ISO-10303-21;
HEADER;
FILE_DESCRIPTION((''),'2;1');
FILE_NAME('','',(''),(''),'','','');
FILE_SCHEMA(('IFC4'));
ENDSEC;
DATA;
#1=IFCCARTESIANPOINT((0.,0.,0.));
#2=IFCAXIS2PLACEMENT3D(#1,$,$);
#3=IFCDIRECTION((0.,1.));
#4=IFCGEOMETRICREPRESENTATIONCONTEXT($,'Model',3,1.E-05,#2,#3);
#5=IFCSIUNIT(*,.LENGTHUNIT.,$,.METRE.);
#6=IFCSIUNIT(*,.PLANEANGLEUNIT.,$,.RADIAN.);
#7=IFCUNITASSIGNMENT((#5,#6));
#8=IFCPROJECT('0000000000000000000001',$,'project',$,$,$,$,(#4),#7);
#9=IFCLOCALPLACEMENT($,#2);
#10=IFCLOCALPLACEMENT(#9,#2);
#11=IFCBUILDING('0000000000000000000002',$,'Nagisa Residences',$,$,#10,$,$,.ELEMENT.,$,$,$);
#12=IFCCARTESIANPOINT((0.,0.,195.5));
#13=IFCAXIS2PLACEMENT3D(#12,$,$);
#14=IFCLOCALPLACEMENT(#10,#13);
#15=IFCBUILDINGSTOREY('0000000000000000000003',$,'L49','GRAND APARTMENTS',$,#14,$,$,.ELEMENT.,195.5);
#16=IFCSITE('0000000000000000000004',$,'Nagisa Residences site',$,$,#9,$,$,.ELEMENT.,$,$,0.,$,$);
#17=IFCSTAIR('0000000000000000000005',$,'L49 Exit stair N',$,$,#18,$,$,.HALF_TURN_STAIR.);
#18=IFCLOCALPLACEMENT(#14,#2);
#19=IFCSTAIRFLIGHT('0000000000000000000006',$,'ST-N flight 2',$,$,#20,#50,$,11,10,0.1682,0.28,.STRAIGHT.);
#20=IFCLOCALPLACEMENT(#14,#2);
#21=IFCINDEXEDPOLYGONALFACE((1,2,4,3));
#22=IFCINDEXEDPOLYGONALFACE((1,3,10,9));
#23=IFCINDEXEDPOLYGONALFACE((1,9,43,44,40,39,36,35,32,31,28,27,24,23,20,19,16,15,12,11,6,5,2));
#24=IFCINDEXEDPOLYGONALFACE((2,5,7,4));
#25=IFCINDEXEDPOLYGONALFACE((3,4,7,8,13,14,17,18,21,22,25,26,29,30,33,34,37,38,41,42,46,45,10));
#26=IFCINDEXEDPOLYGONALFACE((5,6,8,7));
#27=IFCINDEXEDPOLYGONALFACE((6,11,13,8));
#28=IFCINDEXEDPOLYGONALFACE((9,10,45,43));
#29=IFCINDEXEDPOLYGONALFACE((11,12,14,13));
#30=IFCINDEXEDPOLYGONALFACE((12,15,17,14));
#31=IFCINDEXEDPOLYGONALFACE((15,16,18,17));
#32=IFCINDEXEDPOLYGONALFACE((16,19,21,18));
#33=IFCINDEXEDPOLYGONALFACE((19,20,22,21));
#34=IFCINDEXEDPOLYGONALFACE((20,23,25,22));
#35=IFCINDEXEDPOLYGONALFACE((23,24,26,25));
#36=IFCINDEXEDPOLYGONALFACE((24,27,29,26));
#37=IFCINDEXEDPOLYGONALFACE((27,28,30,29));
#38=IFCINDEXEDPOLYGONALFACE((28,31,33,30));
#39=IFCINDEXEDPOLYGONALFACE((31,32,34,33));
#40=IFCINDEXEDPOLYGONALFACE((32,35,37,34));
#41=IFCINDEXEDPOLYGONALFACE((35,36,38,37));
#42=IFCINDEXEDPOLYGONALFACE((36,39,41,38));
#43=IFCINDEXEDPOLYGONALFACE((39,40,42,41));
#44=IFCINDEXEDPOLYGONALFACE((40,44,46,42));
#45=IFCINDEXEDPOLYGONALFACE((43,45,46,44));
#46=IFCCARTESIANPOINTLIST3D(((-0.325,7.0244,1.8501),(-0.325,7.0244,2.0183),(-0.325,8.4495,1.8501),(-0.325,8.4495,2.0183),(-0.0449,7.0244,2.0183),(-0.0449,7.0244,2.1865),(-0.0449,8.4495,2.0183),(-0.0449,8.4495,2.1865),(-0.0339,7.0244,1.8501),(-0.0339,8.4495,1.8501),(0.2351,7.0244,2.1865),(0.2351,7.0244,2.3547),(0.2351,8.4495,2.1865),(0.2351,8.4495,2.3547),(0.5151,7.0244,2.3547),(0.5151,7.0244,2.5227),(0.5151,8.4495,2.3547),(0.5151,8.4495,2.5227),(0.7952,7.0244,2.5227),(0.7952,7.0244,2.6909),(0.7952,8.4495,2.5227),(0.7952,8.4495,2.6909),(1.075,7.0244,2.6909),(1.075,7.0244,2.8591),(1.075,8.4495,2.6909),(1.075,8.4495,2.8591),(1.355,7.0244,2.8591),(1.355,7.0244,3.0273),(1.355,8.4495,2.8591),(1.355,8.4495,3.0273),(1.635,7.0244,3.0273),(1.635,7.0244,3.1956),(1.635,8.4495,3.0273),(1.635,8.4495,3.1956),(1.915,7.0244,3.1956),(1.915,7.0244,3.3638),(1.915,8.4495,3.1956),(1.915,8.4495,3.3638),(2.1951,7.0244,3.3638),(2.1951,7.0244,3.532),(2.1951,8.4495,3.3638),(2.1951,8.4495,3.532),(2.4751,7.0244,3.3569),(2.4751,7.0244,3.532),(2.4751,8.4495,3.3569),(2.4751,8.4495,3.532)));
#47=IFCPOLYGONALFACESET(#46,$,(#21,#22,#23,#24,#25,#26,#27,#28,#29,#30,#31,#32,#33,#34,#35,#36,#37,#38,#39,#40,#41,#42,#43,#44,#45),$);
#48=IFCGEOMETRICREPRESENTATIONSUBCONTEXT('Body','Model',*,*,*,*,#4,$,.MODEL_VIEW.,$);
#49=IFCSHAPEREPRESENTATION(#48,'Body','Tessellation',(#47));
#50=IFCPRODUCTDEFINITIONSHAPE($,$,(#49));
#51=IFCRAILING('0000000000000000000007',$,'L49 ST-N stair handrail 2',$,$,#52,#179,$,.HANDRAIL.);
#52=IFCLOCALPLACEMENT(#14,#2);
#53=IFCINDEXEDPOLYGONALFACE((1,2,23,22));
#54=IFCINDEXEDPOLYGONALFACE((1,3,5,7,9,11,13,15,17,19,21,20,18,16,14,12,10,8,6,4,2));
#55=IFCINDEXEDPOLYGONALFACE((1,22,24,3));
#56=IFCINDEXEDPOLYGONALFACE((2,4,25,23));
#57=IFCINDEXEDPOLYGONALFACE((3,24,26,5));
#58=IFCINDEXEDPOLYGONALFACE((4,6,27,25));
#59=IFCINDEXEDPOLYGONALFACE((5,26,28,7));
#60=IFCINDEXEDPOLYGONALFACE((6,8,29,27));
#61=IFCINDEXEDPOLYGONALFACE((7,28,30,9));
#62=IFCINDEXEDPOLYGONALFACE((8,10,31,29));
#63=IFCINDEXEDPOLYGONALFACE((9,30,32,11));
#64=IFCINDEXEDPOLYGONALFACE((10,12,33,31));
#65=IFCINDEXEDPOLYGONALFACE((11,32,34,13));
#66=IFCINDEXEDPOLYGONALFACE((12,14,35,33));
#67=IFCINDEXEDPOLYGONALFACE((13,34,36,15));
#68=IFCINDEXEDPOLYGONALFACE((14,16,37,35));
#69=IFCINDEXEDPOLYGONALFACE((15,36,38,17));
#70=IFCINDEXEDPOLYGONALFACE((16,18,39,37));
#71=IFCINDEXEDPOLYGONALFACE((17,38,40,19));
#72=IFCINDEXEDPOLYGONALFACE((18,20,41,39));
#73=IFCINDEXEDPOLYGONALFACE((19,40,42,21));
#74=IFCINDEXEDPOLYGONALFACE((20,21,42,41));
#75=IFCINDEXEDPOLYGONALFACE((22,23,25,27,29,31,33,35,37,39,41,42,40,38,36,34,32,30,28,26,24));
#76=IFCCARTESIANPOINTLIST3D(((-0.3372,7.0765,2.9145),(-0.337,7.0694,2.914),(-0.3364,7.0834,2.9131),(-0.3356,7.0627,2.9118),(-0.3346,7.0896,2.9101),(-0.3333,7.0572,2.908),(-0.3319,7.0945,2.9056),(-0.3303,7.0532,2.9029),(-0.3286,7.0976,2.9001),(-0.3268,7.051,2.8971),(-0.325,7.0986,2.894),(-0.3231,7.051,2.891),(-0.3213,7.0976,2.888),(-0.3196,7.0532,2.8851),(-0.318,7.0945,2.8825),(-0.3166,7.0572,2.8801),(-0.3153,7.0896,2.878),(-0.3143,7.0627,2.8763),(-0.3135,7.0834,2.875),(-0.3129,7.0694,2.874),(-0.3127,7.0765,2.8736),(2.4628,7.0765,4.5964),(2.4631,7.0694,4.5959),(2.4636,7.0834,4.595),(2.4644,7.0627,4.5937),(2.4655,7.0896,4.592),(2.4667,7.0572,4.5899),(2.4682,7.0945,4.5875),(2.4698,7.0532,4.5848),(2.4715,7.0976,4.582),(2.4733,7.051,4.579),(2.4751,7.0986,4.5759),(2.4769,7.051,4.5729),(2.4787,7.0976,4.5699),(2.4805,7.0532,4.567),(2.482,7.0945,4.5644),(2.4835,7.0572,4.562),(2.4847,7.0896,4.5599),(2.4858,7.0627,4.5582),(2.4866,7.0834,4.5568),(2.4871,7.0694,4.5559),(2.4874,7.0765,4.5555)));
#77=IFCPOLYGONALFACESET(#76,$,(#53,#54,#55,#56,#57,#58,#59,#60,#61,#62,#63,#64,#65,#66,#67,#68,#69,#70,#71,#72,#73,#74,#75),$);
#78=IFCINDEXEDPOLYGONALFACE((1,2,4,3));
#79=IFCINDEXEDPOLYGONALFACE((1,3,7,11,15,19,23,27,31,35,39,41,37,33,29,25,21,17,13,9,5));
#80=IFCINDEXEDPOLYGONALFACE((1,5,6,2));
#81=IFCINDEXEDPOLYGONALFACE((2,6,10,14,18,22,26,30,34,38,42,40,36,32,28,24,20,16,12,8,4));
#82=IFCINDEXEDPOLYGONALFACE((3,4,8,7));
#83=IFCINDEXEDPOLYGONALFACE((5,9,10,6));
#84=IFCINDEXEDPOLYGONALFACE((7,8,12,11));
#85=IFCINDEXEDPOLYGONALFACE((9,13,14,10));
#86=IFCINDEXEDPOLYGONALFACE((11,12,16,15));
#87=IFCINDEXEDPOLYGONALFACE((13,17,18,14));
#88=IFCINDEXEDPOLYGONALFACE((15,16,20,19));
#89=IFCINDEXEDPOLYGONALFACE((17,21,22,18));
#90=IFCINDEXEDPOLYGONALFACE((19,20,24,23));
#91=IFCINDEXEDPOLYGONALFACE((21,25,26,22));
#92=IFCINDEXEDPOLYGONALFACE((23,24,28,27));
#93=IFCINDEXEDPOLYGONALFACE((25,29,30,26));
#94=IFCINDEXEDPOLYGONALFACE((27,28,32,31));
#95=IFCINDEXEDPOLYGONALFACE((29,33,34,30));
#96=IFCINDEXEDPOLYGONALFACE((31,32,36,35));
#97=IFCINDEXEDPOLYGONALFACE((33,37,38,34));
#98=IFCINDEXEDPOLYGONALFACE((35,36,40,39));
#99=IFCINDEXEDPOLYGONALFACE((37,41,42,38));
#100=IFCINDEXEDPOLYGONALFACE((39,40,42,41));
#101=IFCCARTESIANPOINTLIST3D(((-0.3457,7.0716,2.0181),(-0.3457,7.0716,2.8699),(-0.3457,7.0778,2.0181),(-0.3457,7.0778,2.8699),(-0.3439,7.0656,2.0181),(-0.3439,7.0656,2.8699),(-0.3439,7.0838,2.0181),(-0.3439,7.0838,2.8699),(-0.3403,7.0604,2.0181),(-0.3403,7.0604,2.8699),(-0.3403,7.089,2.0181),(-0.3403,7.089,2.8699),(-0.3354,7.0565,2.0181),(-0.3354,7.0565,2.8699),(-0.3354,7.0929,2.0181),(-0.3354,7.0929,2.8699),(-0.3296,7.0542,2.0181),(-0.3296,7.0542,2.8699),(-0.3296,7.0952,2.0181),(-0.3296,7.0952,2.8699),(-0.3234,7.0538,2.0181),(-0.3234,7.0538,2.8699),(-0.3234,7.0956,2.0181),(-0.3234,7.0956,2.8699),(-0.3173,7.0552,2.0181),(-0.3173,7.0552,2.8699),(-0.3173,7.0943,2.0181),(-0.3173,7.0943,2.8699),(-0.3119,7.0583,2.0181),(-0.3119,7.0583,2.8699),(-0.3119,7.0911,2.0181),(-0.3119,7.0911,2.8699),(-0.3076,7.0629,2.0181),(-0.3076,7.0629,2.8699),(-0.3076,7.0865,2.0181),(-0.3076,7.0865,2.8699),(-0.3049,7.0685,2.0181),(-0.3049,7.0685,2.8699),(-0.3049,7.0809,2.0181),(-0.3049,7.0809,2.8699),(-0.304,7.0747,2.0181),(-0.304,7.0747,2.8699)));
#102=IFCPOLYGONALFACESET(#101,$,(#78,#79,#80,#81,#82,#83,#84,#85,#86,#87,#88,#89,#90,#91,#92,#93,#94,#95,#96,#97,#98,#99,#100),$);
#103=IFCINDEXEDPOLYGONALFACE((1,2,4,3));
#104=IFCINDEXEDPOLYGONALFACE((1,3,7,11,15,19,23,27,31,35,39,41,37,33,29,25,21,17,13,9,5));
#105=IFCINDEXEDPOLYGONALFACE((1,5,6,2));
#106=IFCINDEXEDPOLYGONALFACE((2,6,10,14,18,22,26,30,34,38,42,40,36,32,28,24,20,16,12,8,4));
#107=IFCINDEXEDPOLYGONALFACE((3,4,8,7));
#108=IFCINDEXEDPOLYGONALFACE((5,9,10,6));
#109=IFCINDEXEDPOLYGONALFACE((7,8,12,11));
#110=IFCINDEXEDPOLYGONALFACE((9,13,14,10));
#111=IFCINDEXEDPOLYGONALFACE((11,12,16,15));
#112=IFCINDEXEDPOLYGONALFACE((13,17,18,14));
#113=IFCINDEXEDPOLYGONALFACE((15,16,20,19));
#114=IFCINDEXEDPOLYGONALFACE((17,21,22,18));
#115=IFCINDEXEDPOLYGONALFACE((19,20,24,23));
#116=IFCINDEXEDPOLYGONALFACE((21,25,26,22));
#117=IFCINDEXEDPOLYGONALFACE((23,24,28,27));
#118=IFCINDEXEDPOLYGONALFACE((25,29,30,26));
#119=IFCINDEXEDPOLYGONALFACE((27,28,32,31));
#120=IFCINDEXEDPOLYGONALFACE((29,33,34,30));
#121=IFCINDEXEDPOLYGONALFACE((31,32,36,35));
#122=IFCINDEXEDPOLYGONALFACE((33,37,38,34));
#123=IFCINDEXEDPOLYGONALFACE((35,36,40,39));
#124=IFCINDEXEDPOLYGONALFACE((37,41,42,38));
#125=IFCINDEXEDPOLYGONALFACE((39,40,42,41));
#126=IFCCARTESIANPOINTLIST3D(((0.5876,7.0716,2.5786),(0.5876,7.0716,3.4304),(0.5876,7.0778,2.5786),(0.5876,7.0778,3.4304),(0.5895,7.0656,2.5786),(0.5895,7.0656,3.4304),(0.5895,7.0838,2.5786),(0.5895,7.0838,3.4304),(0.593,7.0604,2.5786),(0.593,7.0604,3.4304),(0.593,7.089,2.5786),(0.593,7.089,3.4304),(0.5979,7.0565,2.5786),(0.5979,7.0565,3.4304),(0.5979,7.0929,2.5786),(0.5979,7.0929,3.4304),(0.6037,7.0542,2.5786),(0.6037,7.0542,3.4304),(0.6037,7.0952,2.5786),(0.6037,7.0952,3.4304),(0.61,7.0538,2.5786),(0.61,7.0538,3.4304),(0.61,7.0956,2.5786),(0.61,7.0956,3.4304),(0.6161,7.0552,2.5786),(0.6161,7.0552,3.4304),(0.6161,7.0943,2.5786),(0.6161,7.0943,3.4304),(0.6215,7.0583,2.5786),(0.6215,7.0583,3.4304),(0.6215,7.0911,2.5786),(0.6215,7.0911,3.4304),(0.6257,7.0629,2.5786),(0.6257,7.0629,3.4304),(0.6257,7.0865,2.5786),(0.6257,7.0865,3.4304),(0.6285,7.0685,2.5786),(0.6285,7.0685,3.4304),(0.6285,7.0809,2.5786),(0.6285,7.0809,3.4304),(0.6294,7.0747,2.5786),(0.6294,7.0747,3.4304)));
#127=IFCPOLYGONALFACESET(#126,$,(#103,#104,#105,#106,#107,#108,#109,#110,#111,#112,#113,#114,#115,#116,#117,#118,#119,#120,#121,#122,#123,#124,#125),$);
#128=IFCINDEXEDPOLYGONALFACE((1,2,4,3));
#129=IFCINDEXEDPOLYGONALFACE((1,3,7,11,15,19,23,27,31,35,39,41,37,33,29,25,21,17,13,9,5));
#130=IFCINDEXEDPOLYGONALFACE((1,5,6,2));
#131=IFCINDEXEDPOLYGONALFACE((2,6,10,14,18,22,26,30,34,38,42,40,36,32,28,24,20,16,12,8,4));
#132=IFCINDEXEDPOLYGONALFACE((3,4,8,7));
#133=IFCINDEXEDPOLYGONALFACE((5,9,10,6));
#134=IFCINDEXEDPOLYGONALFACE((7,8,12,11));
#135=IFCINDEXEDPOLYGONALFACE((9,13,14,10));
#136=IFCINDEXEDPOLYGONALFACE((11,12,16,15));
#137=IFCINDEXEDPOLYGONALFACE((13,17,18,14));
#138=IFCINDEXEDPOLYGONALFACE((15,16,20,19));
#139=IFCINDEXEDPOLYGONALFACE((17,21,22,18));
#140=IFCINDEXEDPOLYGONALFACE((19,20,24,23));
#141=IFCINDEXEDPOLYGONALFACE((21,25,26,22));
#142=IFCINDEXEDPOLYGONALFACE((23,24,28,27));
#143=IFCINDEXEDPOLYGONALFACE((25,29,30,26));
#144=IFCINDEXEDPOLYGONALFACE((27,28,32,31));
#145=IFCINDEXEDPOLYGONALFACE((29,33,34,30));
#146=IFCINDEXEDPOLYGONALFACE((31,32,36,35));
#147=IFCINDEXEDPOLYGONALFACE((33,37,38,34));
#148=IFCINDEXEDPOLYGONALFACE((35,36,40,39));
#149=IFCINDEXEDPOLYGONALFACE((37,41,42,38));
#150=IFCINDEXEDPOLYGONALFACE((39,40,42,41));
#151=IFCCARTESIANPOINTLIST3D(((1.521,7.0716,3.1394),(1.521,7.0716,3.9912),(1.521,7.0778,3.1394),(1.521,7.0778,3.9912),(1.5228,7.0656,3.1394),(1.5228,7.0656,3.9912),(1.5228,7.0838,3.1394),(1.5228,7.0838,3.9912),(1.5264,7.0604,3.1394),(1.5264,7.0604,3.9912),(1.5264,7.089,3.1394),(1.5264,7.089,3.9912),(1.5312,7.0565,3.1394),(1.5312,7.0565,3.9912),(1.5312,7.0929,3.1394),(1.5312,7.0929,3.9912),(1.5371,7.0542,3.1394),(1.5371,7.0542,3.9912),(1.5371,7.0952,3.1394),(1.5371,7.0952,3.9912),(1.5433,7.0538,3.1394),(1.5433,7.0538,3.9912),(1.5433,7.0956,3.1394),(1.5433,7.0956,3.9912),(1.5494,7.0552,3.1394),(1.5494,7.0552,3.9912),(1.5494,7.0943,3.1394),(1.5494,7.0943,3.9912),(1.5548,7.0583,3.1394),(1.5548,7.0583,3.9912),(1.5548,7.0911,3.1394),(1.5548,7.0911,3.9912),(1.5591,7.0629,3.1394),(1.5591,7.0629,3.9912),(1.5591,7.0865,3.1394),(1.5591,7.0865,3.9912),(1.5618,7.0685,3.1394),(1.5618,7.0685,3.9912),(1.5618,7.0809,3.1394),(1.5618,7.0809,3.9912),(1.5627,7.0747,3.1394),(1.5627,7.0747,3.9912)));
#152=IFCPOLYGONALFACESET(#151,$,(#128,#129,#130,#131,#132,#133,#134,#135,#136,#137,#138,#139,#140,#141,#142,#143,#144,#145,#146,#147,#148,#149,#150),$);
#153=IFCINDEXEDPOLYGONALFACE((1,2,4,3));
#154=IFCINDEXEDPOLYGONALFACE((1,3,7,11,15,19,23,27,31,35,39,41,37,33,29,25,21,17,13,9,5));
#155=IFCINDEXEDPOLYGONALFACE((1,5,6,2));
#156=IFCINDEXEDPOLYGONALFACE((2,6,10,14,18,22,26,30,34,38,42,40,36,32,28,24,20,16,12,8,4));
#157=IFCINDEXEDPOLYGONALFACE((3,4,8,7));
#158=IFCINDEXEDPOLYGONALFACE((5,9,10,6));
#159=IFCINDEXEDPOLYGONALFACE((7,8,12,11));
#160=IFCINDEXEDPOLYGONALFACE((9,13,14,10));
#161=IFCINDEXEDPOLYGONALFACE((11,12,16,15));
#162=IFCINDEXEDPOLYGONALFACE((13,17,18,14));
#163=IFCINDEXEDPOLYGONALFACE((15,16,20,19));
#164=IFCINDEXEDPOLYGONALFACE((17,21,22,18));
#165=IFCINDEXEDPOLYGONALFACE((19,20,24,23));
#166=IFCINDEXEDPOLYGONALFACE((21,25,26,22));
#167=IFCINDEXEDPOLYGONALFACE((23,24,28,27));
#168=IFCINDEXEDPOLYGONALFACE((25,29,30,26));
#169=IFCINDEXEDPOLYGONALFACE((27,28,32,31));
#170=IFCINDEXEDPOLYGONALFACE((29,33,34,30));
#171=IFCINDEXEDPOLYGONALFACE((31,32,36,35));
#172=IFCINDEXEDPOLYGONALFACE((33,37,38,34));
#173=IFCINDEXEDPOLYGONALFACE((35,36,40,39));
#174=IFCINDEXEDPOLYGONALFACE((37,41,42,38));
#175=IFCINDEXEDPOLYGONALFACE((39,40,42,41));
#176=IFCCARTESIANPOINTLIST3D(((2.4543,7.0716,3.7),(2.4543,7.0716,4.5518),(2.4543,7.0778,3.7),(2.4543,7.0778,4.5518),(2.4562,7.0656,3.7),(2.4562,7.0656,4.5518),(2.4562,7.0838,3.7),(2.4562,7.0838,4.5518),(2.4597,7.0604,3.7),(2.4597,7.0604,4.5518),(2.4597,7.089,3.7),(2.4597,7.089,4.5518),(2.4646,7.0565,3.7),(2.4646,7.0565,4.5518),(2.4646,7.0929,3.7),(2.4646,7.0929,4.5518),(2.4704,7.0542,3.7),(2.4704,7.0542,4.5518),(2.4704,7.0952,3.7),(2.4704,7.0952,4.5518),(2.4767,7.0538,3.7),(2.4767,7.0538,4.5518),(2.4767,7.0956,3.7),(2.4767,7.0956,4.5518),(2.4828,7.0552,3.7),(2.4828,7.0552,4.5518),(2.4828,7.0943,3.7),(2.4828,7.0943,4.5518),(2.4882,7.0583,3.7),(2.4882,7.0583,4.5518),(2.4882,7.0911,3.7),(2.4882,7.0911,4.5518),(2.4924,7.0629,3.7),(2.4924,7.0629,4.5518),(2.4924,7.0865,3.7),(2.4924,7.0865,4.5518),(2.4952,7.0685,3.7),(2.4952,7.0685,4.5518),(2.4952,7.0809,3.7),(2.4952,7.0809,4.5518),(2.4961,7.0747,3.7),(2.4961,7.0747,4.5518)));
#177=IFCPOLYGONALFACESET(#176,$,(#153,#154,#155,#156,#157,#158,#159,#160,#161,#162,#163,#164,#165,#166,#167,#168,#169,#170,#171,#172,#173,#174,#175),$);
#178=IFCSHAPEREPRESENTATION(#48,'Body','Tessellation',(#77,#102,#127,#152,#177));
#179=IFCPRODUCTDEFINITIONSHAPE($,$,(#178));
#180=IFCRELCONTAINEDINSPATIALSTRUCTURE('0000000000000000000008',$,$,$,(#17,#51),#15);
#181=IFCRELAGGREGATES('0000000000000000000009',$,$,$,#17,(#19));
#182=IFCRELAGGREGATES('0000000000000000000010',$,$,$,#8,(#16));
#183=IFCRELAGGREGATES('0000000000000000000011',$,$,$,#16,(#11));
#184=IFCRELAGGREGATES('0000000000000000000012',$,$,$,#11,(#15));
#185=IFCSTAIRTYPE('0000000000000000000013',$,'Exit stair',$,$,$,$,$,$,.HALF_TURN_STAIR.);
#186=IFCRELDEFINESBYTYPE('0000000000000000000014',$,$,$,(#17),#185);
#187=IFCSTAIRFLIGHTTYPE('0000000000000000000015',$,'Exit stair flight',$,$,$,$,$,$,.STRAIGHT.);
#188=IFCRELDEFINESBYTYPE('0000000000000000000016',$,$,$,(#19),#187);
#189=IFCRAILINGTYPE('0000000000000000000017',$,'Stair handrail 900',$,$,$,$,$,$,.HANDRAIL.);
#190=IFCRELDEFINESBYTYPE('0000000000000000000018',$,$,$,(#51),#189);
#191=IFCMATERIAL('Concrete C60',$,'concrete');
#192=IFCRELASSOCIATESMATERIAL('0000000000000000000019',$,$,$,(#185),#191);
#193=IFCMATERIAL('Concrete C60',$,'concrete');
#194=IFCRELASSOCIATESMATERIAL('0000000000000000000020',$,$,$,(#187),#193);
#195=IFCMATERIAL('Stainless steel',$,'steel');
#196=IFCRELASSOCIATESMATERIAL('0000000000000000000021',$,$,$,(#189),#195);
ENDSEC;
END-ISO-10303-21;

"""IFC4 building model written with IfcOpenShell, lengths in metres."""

from ifc_helpers import new_model, si_unit, direction, frame, origin, origin_2d, place, context, subcontext, project, spatial, polyline, circle, outline, extrude, material, type_object, element, aggregate, save


model = new_model("IFC4")

# Units and contexts
model_context = context("Model", 3, precision=1e-05, world=origin(), true_north=direction((0.0, 1.0)))
body_context = subcontext(model_context, "Body", "Model", "MODEL_VIEW")
ifc_project = project(units=[si_unit("LENGTHUNIT", "METRE"), si_unit("PLANEANGLEUNIT", "RADIAN")], contexts=[model_context])

# Site, building, storey
site_placement = place(None, origin())
site = spatial("IfcSite", under=ifc_project, at=site_placement, Name="Nagisa Residences site", CompositionType="ELEMENT", RefElevation=0.0)
building_placement = place(site_placement, origin())
building = spatial("IfcBuilding", under=site, at=building_placement, Name="Nagisa Residences", CompositionType="ELEMENT")
storey_placement = place(building_placement, frame((0.0, 0.0, 195.5)))
storey = spatial("IfcBuildingStorey", under=building, at=storey_placement, Name="L49", Description="GRAND APARTMENTS", CompositionType="ELEMENT", Elevation=195.5)

# Stair
ifc_material_1 = material(Name="Concrete C60", Category="concrete")
stair_type = type_object("IfcStairType", Name="Exit stair", PredefinedType="HALF_TURN_STAIR", material=ifc_material_1)
stair_1_placement = place(storey_placement, origin())
stair_1 = element("IfcStair", 1, at=stair_1_placement, inside=storey, type_object=stair_type, Name="L49 Exit stair N", PredefinedType="HALF_TURN_STAIR")

# Stair flight
ifc_material_2 = material(Name="Concrete C60", Category="concrete")
stair_flight_type = type_object("IfcStairFlightType", Name="Exit stair flight", PredefinedType="STRAIGHT", material=ifc_material_2)
stair_flight_placement = place(storey_placement, frame((-0.325, 7.7371, 1.8501), z_axis=(0.0, 0.0, 1.0), x_axis=(1.0, 0.0, 0.0)))
stair_flight = element("IfcStairFlight", 2, at=stair_flight_placement, type_object=stair_flight_type, Name="ST-N flight 2", NumberOfRisers=11, NumberOfTreads=10, PredefinedType="STRAIGHT", RiserHeight=0.1682, TreadLength=0.28, context=body_context, shape_type="SweptSolid", body=[
    extrude(outline(polyline([(0.0, 0.0), (0.0, 0.1682), (0.28, 0.1682), (0.28, 0.3364), (0.5601, 0.3364), (0.5601, 0.5046), (0.8401, 0.5046), (0.8401, 0.6726), (1.1201, 0.6726), (1.1201, 0.8408), (1.3999, 0.8408), (1.3999, 1.009), (1.6799, 1.009), (1.6799, 1.1772), (1.96, 1.1772), (1.96, 1.3455), (2.24, 1.3455), (2.24, 1.5137), (2.52, 1.5137), (2.52, 1.6819), (2.8, 1.6819), (2.8, 1.8501), (2.8, 1.5068), (0.291, 0.0), (0.0, 0.0)])), frame((0.0, 0.7124, 0.0), z_axis=(0.0, -1.0, 0.0), x_axis=(1.0, 0.0, 0.0)), (0.0, 0.0, 1.0), 1.425),
])
aggregate(stair_1, [stair_flight])

# Railing
ifc_material_3 = material(Name="Stainless steel", Category="steel")
railing_type = type_object("IfcRailingType", Name="Stair handrail 900", PredefinedType="HANDRAIL", material=ifc_material_3)
railing_placement = place(storey_placement, frame((-0.325, 7.0747, 2.0181)))
element("IfcRailing", 3, at=railing_placement, inside=storey, type_object=railing_type, Name="L49 ST-N stair handrail 2", PredefinedType="HANDRAIL", context=body_context, shape_type="SweptSolid", body=[
    extrude(circle(Radius=0.0239, at=origin_2d()), frame((0.0, 0.0, 0.876), z_axis=(0.857242, 0.0, 0.514913), x_axis=(0.0, 1.0, 0.0)), (0.0, 0.0, 1.0), 3.2664),
    extrude(circle(Radius=0.021, at=origin_2d()), origin(), (0.0, 0.0, 1.0), 0.8518),
    extrude(circle(Radius=0.021, at=origin_2d()), frame((0.9333, 0.0, 0.5605)), (0.0, 0.0, 1.0), 0.8518),
    extrude(circle(Radius=0.021, at=origin_2d()), frame((1.8667, 0.0, 1.1213)), (0.0, 0.0, 1.0), 0.8518),
    extrude(circle(Radius=0.021, at=origin_2d()), frame((2.8, 0.0, 1.6819)), (0.0, 0.0, 1.0), 0.8518),
])

save(model, "model.ifc")
